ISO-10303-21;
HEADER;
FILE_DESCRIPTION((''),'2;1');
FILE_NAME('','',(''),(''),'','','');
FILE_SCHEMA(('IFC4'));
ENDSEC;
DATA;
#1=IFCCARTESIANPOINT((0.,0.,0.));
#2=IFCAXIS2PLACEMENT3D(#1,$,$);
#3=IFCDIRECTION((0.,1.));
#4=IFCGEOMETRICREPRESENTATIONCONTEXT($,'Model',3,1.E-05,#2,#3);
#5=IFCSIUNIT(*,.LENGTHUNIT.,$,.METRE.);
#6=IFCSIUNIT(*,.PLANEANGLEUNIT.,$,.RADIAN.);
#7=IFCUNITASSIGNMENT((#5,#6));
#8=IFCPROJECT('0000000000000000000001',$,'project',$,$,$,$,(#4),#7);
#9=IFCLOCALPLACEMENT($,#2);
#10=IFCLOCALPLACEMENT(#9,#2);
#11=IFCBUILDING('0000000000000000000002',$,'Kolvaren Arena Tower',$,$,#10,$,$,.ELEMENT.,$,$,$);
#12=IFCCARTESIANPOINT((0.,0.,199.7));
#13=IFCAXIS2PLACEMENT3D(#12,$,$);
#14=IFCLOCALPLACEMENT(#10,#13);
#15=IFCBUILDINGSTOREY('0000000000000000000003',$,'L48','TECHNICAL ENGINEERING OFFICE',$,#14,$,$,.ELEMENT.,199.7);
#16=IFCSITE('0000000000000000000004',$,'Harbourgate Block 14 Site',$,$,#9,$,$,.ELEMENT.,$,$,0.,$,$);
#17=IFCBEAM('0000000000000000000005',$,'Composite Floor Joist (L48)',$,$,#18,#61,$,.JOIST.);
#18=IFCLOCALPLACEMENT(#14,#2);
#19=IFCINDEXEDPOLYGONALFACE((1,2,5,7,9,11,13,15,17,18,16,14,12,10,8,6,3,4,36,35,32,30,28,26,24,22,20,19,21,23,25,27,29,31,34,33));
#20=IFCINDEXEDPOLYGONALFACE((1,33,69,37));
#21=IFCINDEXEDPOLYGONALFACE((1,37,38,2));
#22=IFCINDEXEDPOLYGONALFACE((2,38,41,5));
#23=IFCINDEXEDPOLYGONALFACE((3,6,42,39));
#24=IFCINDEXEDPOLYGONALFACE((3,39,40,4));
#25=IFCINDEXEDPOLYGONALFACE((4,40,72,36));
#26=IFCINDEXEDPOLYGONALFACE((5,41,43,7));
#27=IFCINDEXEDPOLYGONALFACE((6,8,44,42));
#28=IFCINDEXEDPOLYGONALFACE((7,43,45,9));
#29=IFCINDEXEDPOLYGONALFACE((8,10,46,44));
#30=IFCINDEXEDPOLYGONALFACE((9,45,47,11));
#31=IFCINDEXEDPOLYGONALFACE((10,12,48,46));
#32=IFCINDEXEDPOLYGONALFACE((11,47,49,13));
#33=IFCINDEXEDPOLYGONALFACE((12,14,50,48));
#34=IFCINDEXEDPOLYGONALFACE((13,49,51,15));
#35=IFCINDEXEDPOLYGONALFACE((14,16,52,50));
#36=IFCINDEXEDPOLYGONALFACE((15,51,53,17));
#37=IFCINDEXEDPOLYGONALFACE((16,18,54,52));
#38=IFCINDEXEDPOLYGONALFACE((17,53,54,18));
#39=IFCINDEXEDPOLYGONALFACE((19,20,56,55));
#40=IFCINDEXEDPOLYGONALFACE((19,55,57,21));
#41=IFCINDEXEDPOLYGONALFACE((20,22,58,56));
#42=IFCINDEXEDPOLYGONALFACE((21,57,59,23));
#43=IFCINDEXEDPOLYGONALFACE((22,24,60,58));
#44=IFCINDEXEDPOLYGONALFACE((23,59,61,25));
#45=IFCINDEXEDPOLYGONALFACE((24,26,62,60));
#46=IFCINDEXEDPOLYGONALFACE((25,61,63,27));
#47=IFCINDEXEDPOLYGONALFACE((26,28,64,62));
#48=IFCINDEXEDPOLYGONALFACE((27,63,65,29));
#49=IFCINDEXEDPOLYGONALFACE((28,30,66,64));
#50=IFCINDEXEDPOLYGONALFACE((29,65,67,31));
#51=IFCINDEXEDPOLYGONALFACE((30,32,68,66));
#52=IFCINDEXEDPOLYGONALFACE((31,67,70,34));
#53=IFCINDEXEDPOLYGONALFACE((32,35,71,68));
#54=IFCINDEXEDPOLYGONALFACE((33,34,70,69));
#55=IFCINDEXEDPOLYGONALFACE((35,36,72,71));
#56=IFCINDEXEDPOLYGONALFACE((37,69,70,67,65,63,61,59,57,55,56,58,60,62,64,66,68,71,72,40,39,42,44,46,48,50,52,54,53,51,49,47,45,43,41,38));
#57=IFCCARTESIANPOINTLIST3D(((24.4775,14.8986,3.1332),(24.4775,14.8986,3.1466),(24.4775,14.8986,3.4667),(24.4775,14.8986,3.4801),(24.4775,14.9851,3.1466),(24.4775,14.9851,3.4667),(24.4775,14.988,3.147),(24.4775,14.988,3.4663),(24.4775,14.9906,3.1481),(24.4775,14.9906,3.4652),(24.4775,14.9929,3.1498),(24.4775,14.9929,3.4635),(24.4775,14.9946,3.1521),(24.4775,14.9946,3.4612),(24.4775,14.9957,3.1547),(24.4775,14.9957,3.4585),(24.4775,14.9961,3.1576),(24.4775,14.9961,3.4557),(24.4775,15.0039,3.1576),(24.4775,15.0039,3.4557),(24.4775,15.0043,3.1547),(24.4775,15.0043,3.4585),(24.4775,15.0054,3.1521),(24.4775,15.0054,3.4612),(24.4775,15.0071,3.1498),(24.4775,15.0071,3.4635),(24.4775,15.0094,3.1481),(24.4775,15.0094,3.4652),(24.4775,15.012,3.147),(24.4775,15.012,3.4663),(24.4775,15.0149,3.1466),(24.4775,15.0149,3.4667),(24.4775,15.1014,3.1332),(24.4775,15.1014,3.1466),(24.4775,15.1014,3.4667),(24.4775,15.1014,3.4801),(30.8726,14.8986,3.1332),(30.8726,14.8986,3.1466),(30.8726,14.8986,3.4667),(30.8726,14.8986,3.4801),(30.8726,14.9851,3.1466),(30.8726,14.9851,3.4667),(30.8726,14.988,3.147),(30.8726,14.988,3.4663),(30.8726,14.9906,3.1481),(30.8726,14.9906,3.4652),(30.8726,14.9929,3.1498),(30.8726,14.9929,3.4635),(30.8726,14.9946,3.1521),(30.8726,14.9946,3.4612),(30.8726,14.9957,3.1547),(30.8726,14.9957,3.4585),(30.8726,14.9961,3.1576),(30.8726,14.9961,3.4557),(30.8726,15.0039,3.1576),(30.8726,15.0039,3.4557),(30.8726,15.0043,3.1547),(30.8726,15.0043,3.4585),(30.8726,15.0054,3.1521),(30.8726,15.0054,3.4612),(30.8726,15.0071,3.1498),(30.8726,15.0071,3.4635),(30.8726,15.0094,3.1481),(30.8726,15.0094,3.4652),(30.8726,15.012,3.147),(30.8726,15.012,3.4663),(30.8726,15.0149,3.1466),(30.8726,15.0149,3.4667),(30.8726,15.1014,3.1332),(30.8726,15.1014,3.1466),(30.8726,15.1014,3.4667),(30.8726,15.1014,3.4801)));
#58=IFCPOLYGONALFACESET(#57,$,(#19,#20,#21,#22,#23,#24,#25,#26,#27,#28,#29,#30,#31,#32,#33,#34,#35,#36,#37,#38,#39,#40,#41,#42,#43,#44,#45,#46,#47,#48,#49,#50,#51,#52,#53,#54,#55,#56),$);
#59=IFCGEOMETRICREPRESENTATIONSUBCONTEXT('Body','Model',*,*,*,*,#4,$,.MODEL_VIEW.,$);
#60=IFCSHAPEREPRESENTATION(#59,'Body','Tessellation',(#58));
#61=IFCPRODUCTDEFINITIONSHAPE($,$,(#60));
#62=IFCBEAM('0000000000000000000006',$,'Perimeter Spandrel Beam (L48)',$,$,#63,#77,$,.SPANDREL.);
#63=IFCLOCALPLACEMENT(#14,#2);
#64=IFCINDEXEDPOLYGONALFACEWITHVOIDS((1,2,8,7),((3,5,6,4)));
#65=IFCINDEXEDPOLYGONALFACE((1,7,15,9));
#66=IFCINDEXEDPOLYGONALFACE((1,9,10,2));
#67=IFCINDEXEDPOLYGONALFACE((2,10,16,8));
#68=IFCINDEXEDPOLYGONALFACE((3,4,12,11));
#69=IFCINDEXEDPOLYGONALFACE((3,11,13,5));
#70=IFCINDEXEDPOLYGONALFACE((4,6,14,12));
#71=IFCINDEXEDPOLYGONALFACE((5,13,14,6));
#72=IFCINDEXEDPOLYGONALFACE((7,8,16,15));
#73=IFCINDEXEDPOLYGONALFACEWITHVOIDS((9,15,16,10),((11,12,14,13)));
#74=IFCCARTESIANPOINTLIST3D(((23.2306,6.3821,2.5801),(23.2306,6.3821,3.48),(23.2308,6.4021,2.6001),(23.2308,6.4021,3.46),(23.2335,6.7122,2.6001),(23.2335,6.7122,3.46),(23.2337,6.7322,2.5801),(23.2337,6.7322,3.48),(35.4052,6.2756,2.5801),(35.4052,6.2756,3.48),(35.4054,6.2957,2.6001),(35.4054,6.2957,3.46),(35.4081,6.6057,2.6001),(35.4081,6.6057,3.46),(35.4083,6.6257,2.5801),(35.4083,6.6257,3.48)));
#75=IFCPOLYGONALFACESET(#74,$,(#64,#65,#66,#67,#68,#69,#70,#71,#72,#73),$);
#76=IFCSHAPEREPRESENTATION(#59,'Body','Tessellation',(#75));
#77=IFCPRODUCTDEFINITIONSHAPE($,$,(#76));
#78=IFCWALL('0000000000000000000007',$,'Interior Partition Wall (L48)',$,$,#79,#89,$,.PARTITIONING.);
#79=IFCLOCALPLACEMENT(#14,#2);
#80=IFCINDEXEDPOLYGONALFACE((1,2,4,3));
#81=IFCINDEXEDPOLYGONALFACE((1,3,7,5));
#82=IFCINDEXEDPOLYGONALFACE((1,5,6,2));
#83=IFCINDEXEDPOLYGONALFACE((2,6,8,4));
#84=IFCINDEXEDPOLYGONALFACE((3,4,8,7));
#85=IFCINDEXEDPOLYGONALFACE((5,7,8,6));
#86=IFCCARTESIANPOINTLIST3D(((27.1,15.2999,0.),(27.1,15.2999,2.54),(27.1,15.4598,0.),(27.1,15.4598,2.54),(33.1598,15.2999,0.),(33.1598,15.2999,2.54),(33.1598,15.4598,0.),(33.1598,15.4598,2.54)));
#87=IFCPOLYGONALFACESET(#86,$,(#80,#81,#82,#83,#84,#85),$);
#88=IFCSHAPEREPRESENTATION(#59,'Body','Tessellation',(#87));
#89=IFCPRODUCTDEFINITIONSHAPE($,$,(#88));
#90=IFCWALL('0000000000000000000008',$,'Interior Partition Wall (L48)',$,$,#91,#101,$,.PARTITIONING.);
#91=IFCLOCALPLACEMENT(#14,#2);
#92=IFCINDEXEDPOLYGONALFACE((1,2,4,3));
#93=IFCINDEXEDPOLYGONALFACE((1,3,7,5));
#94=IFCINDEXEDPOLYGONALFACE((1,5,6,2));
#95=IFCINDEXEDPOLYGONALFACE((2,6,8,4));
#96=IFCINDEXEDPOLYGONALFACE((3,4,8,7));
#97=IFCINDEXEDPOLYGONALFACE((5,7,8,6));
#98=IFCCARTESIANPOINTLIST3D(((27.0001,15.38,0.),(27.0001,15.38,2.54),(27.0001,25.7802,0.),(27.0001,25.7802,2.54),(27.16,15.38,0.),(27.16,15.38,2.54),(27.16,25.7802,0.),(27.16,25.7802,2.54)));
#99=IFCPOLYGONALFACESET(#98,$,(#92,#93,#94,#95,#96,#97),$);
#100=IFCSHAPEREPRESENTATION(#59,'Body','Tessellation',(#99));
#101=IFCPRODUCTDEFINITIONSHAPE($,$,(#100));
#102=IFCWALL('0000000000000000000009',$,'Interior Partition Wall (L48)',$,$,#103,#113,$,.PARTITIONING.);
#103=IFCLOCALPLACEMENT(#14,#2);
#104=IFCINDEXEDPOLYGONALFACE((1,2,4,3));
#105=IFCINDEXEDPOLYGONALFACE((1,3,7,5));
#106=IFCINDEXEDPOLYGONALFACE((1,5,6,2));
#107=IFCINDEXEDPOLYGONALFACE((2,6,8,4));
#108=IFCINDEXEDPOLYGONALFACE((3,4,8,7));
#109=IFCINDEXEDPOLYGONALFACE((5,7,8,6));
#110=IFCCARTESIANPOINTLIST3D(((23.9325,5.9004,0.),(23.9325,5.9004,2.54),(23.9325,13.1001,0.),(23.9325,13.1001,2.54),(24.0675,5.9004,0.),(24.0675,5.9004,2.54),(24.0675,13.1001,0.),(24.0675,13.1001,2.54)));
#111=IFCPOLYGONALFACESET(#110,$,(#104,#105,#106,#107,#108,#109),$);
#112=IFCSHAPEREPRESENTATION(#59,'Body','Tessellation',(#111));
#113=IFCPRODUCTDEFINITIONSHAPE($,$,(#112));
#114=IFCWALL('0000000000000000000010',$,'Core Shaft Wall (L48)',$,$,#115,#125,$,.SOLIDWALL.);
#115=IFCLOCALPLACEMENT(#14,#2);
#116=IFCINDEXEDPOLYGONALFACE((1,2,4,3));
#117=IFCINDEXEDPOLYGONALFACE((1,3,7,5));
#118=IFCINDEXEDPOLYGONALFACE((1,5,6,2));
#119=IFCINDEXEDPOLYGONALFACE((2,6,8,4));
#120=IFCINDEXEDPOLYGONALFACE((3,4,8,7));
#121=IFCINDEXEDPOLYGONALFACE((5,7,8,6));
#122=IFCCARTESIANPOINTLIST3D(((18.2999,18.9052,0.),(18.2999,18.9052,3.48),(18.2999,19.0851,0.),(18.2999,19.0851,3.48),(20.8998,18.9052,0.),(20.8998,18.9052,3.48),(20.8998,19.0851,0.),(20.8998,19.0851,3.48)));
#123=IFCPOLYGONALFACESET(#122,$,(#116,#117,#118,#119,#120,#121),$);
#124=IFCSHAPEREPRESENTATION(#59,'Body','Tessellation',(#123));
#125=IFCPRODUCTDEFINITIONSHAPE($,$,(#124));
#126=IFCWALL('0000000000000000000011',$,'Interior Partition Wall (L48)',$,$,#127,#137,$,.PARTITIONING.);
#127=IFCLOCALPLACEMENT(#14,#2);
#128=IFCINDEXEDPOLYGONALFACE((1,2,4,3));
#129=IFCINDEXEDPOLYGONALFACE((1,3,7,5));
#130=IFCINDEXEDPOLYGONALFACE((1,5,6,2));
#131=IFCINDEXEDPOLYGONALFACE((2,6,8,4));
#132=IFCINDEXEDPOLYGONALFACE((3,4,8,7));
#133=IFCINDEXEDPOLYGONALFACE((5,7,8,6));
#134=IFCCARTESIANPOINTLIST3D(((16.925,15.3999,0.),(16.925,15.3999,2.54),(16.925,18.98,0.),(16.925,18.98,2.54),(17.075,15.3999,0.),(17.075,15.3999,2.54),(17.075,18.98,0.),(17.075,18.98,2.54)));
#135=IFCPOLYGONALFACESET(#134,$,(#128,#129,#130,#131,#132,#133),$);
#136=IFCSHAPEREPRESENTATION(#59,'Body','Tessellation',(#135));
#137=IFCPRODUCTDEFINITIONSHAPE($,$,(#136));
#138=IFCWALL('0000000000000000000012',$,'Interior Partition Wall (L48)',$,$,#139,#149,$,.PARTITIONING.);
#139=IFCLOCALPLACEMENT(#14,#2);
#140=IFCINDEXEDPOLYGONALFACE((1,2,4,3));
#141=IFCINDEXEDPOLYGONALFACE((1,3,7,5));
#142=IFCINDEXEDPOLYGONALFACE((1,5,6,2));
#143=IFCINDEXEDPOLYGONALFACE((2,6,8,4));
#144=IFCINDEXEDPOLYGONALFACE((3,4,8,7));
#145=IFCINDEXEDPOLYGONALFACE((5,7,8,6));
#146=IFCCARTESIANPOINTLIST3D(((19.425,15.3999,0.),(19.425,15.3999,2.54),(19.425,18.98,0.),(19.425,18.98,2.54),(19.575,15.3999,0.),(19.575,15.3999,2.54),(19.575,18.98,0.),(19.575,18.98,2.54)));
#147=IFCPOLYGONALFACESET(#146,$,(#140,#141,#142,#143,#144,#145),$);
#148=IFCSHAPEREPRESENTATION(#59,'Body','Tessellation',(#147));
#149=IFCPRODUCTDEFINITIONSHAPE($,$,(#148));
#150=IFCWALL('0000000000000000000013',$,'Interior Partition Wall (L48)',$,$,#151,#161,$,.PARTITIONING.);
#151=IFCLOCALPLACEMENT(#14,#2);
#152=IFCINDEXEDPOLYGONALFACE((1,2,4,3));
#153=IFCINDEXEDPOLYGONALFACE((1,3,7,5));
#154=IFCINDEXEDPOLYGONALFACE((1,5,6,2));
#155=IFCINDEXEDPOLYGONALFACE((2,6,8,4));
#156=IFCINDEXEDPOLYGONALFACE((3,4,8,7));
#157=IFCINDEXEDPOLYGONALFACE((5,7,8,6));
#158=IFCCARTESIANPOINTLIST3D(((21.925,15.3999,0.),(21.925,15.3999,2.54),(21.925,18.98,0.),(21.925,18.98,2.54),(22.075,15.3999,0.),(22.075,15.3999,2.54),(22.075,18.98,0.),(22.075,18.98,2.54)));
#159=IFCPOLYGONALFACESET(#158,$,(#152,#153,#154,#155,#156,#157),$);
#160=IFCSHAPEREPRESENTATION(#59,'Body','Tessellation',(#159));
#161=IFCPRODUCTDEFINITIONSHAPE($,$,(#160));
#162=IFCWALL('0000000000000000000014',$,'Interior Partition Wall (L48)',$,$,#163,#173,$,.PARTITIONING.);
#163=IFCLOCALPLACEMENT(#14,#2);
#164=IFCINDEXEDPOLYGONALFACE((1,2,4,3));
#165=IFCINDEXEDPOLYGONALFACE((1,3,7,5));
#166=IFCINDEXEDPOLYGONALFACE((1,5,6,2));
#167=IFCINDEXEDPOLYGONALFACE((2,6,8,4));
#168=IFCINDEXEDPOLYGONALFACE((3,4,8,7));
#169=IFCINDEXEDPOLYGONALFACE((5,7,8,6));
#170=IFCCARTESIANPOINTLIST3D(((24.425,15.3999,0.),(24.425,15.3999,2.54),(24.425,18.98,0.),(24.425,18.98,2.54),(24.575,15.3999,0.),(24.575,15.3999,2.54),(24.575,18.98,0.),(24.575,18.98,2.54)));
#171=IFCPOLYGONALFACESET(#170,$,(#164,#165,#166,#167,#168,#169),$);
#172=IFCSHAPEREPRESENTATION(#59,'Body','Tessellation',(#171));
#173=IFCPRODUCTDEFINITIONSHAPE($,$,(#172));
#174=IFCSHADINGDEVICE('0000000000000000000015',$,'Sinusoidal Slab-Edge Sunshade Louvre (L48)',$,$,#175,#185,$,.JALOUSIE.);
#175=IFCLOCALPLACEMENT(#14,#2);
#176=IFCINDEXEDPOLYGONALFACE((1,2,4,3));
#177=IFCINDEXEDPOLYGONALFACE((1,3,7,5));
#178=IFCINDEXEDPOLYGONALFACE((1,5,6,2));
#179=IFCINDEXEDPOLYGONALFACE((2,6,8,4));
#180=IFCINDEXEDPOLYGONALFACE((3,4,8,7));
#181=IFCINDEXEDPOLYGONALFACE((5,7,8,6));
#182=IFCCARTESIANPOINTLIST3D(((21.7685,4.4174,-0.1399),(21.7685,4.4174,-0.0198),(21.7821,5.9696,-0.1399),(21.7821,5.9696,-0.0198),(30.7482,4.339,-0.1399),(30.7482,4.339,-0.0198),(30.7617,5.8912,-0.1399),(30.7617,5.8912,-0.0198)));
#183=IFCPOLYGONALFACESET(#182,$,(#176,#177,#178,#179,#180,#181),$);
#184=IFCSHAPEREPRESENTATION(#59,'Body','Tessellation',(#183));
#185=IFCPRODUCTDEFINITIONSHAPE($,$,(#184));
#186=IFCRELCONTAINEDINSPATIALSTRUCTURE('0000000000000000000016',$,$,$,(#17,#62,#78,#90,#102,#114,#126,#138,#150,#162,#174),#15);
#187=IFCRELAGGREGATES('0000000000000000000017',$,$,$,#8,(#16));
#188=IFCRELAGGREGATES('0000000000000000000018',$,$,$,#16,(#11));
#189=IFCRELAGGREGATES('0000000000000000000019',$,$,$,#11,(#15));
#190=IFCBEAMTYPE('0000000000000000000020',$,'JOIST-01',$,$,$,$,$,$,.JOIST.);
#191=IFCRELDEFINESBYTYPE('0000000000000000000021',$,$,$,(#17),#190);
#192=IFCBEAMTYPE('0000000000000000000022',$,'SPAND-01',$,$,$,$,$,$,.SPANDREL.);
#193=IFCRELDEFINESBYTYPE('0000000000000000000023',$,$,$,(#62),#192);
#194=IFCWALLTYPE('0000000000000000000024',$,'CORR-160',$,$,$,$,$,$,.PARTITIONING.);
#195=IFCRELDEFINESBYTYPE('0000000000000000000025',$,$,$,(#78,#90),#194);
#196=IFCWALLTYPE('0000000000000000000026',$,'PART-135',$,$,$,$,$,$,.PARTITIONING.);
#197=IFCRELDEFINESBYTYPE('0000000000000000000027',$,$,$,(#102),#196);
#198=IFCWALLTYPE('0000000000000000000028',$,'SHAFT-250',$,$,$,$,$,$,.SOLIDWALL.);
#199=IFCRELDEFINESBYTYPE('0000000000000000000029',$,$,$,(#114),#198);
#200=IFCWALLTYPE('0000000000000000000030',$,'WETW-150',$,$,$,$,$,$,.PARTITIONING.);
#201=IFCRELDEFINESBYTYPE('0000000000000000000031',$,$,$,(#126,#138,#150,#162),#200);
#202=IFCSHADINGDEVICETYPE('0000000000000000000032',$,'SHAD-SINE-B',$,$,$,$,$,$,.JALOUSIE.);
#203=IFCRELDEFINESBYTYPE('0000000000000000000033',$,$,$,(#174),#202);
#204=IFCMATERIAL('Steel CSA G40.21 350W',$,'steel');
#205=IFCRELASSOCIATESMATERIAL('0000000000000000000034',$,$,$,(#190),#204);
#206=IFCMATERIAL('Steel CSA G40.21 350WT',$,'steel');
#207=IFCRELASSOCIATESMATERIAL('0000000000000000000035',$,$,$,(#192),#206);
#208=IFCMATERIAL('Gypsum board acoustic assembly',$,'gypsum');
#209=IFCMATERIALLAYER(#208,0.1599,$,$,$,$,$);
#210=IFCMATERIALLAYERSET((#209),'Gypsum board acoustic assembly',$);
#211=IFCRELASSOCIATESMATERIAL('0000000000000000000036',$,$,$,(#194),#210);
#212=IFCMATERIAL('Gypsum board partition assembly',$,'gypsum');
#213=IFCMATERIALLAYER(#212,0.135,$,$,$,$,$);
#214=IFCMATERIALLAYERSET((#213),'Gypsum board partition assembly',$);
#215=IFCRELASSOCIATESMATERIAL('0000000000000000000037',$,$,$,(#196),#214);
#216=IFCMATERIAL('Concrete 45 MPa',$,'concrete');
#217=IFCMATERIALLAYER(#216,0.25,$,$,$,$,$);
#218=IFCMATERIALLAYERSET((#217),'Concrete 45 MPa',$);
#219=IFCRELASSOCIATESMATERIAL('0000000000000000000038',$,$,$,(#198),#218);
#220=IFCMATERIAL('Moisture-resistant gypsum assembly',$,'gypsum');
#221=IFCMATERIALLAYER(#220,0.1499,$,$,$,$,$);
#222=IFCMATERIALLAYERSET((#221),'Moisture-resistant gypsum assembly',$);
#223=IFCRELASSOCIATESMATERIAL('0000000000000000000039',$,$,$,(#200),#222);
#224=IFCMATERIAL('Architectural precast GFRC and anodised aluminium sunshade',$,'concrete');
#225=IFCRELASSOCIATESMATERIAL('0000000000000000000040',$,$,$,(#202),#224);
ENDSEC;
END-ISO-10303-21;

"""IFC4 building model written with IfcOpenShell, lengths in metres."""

from ifc_helpers import new_model, si_unit, direction, frame, frame_2d, origin, origin_2d, place, context, subcontext, project, spatial, rectangle, hollow_rectangle, i_section, extrude, material, layer, layer_set, material_profile, profile_set, type_object, element, save


model = new_model("IFC4")

# Units and contexts
model_context = context("Model", 3, precision=1e-05, world=origin(), true_north=direction((0.0, 1.0)))
body_context = subcontext(model_context, "Body", "Model", "MODEL_VIEW")
ifc_project = project(units=[si_unit("LENGTHUNIT", "METRE"), si_unit("PLANEANGLEUNIT", "RADIAN")], contexts=[model_context])

# Site, building, storey
site_placement = place(None, origin())
site = spatial("IfcSite", under=ifc_project, at=site_placement, Name="Harbourgate Block 14 Site", CompositionType="ELEMENT", RefElevation=0.0)
building_placement = place(site_placement, origin())
building = spatial("IfcBuilding", under=site, at=building_placement, Name="Kolvaren Arena Tower", CompositionType="ELEMENT")
storey_placement = place(building_placement, frame((0.0, 0.0, 199.7)))
storey = spatial("IfcBuildingStorey", under=building, at=storey_placement, Name="L48", Description="TECHNICAL ENGINEERING OFFICE", CompositionType="ELEMENT", Elevation=199.7)

# Beams
ifc_material_1 = material(Name="Steel CSA G40.21 350W", Category="steel")
ifc_material_profile_1 = material_profile(ifc_material_1, i_section(OverallWidth=0.2029, OverallDepth=0.3469, WebThickness=0.0078, FlangeThickness=0.0134, FilletRadius=0.011, at=origin_2d()), Name="W360x64")
ifc_profile_set_1 = profile_set([ifc_material_profile_1], Name="Steel CSA G40.21 350W")
beam_type_1 = type_object("IfcBeamType", Name="JOIST-01", PredefinedType="JOIST", material=ifc_profile_set_1)
beam_1_placement = place(storey_placement, frame((24.4775, 15.0, 3.3066), z_axis=(1.0, 0.0, 0.0), x_axis=(0.0, 1.0, 0.0)))
element("IfcBeam", 1, at=beam_1_placement, inside=storey, type_object=beam_type_1, Name="Composite Floor Joist (L48)", PredefinedType="JOIST", context=body_context, shape_type="SweptSolid", body=[
    extrude(i_section(OverallWidth=0.2029, OverallDepth=0.3469, WebThickness=0.0078, FlangeThickness=0.0134, FilletRadius=0.011, at=origin_2d()), origin(), (0.0, 0.0, 1.0), 6.395),
])
ifc_material_2 = material(Name="Steel CSA G40.21 350WT", Category="steel")
ifc_material_profile_2 = material_profile(ifc_material_2, hollow_rectangle(XDim=0.3501, YDim=0.8999, WallThickness=0.02, at=origin_2d()), Name="HSS 900x350x20")
ifc_profile_set_2 = profile_set([ifc_material_profile_2], Name="Steel CSA G40.21 350WT")
beam_type_2 = type_object("IfcBeamType", Name="SPAND-01", PredefinedType="SPANDREL", material=ifc_profile_set_2)
beam_2_placement = place(storey_placement, frame((23.2322, 6.5571, 3.03), z_axis=(0.999962, -0.008743, 0.0), x_axis=(0.008743, 0.999962, 0.0)))
element("IfcBeam", 2, at=beam_2_placement, inside=storey, type_object=beam_type_2, Name="Perimeter Spandrel Beam (L48)", PredefinedType="SPANDREL", context=body_context, shape_type="SweptSolid", body=[
    extrude(hollow_rectangle(XDim=0.3501, YDim=0.8999, WallThickness=0.02, at=origin_2d()), origin(), (0.0, 0.0, 1.0), 12.175),
])

# Walls
ifc_material_3 = material(Name="Gypsum board acoustic assembly", Category="gypsum")
ifc_layer_1 = layer(ifc_material_3, 0.1599)
ifc_layer_set_1 = layer_set([ifc_layer_1], Name="Gypsum board acoustic assembly")
wall_type_1 = type_object("IfcWallType", Name="CORR-160", PredefinedType="PARTITIONING", material=ifc_layer_set_1)
wall_1_placement = place(storey_placement, frame((27.1001, 15.3799, 0.0), z_axis=(0.0, 0.0, 1.0), x_axis=(1.0, 0.0, 0.0)))
element("IfcWall", 3, at=wall_1_placement, inside=storey, type_object=wall_type_1, Name="Interior Partition Wall (L48)", PredefinedType="PARTITIONING", context=body_context, shape_type="SweptSolid", body=[
    extrude(rectangle(XDim=6.0598, YDim=0.1599, at=frame_2d((3.0298, 0.0))), origin(), (0.0, 0.0, 1.0), 2.54),
])
wall_2_placement = place(storey_placement, frame((27.0801, 15.3799, 0.0), z_axis=(0.0, 0.0, 1.0), x_axis=(0.0, 1.0, 0.0)))
element("IfcWall", 4, at=wall_2_placement, inside=storey, type_object=wall_type_1, Name="Interior Partition Wall (L48)", PredefinedType="PARTITIONING", context=body_context, shape_type="SweptSolid", body=[
    extrude(rectangle(XDim=10.4001, YDim=0.1599, at=frame_2d((5.2002, 0.0))), origin(), (0.0, 0.0, 1.0), 2.54),
])
ifc_material_4 = material(Name="Gypsum board partition assembly", Category="gypsum")
ifc_layer_2 = layer(ifc_material_4, 0.135)
ifc_layer_set_2 = layer_set([ifc_layer_2], Name="Gypsum board partition assembly")
wall_type_2 = type_object("IfcWallType", Name="PART-135", PredefinedType="PARTITIONING", material=ifc_layer_set_2)
wall_3_placement = place(storey_placement, frame((24.0, 5.9004, 0.0), z_axis=(0.0, 0.0, 1.0), x_axis=(0.0, 1.0, 0.0)))
element("IfcWall", 5, at=wall_3_placement, inside=storey, type_object=wall_type_2, Name="Interior Partition Wall (L48)", PredefinedType="PARTITIONING", context=body_context, shape_type="SweptSolid", body=[
    extrude(rectangle(XDim=7.1997, YDim=0.135, at=frame_2d((3.5999, 0.0))), origin(), (0.0, 0.0, 1.0), 2.54),
])
ifc_material_5 = material(Name="Concrete 45 MPa", Category="concrete")
ifc_layer_3 = layer(ifc_material_5, 0.25)
ifc_layer_set_3 = layer_set([ifc_layer_3], Name="Concrete 45 MPa")
wall_type_3 = type_object("IfcWallType", Name="SHAFT-250", PredefinedType="SOLIDWALL", material=ifc_layer_set_3)
wall_4_placement = place(storey_placement, frame((18.3, 18.9951, 0.0), z_axis=(0.0, 0.0, 1.0), x_axis=(1.0, 0.0, 0.0)))
element("IfcWall", 6, at=wall_4_placement, inside=storey, type_object=wall_type_3, Name="Core Shaft Wall (L48)", PredefinedType="SOLIDWALL", context=body_context, shape_type="SweptSolid", body=[
    extrude(rectangle(XDim=2.5999, YDim=0.1799, at=frame_2d((1.2998, 0.0))), origin(), (0.0, 0.0, 1.0), 3.48),
])
ifc_material_6 = material(Name="Moisture-resistant gypsum assembly", Category="gypsum")
ifc_layer_4 = layer(ifc_material_6, 0.1499)
ifc_layer_set_4 = layer_set([ifc_layer_4], Name="Moisture-resistant gypsum assembly")
wall_type_4 = type_object("IfcWallType", Name="WETW-150", PredefinedType="PARTITIONING", material=ifc_layer_set_4)
for number, where, z_axis, x_axis, name in (
    (7, (17.0, 15.3999, 0.0), (0.0, 0.0, 1.0), (0.0, 1.0, 0.0), "Interior Partition Wall (L48)"),
    (8, (19.5, 15.3999, 0.0), (0.0, 0.0, 1.0), (0.0, 1.0, 0.0), "Interior Partition Wall (L48)"),
    (9, (22.0, 15.3999, 0.0), (0.0, 0.0, 1.0), (0.0, 1.0, 0.0), "Interior Partition Wall (L48)"),
    (10, (24.5, 15.3999, 0.0), (0.0, 0.0, 1.0), (0.0, 1.0, 0.0), "Interior Partition Wall (L48)"),
):
    element("IfcWall", number, at=place(storey_placement, frame(where, z_axis=z_axis, x_axis=x_axis)), inside=storey, type_object=wall_type_4, Name=name, PredefinedType="PARTITIONING", context=body_context, shape_type="SweptSolid", body=[
        extrude(rectangle(XDim=3.5801, YDim=0.1499, at=frame_2d((1.79, 0.0))), origin(), (0.0, 0.0, 1.0), 2.54),
    ])

# Shading device
ifc_material_7 = material(Name="Architectural precast GFRC and anodised aluminium sunshade", Category="concrete")
shading_device_type = type_object("IfcShadingDeviceType", Name="SHAD-SINE-B", PredefinedType="JALOUSIE", material=ifc_material_7)
shading_device_placement = place(storey_placement, frame((26.2651, 5.1543, -0.1399), z_axis=(0.0, 0.0, 1.0), x_axis=(-0.999962, 0.008727, 0.0)))
element("IfcShadingDevice", 11, at=shading_device_placement, inside=storey, type_object=shading_device_type, Name="Sinusoidal Slab-Edge Sunshade Louvre (L48)", PredefinedType="JALOUSIE", context=body_context, shape_type="SweptSolid", body=[
    extrude(rectangle(XDim=8.98, YDim=1.5522, at=origin_2d()), origin(), (0.0, 0.0, 1.0), 0.1201),
])

save(model, "model.ifc")
